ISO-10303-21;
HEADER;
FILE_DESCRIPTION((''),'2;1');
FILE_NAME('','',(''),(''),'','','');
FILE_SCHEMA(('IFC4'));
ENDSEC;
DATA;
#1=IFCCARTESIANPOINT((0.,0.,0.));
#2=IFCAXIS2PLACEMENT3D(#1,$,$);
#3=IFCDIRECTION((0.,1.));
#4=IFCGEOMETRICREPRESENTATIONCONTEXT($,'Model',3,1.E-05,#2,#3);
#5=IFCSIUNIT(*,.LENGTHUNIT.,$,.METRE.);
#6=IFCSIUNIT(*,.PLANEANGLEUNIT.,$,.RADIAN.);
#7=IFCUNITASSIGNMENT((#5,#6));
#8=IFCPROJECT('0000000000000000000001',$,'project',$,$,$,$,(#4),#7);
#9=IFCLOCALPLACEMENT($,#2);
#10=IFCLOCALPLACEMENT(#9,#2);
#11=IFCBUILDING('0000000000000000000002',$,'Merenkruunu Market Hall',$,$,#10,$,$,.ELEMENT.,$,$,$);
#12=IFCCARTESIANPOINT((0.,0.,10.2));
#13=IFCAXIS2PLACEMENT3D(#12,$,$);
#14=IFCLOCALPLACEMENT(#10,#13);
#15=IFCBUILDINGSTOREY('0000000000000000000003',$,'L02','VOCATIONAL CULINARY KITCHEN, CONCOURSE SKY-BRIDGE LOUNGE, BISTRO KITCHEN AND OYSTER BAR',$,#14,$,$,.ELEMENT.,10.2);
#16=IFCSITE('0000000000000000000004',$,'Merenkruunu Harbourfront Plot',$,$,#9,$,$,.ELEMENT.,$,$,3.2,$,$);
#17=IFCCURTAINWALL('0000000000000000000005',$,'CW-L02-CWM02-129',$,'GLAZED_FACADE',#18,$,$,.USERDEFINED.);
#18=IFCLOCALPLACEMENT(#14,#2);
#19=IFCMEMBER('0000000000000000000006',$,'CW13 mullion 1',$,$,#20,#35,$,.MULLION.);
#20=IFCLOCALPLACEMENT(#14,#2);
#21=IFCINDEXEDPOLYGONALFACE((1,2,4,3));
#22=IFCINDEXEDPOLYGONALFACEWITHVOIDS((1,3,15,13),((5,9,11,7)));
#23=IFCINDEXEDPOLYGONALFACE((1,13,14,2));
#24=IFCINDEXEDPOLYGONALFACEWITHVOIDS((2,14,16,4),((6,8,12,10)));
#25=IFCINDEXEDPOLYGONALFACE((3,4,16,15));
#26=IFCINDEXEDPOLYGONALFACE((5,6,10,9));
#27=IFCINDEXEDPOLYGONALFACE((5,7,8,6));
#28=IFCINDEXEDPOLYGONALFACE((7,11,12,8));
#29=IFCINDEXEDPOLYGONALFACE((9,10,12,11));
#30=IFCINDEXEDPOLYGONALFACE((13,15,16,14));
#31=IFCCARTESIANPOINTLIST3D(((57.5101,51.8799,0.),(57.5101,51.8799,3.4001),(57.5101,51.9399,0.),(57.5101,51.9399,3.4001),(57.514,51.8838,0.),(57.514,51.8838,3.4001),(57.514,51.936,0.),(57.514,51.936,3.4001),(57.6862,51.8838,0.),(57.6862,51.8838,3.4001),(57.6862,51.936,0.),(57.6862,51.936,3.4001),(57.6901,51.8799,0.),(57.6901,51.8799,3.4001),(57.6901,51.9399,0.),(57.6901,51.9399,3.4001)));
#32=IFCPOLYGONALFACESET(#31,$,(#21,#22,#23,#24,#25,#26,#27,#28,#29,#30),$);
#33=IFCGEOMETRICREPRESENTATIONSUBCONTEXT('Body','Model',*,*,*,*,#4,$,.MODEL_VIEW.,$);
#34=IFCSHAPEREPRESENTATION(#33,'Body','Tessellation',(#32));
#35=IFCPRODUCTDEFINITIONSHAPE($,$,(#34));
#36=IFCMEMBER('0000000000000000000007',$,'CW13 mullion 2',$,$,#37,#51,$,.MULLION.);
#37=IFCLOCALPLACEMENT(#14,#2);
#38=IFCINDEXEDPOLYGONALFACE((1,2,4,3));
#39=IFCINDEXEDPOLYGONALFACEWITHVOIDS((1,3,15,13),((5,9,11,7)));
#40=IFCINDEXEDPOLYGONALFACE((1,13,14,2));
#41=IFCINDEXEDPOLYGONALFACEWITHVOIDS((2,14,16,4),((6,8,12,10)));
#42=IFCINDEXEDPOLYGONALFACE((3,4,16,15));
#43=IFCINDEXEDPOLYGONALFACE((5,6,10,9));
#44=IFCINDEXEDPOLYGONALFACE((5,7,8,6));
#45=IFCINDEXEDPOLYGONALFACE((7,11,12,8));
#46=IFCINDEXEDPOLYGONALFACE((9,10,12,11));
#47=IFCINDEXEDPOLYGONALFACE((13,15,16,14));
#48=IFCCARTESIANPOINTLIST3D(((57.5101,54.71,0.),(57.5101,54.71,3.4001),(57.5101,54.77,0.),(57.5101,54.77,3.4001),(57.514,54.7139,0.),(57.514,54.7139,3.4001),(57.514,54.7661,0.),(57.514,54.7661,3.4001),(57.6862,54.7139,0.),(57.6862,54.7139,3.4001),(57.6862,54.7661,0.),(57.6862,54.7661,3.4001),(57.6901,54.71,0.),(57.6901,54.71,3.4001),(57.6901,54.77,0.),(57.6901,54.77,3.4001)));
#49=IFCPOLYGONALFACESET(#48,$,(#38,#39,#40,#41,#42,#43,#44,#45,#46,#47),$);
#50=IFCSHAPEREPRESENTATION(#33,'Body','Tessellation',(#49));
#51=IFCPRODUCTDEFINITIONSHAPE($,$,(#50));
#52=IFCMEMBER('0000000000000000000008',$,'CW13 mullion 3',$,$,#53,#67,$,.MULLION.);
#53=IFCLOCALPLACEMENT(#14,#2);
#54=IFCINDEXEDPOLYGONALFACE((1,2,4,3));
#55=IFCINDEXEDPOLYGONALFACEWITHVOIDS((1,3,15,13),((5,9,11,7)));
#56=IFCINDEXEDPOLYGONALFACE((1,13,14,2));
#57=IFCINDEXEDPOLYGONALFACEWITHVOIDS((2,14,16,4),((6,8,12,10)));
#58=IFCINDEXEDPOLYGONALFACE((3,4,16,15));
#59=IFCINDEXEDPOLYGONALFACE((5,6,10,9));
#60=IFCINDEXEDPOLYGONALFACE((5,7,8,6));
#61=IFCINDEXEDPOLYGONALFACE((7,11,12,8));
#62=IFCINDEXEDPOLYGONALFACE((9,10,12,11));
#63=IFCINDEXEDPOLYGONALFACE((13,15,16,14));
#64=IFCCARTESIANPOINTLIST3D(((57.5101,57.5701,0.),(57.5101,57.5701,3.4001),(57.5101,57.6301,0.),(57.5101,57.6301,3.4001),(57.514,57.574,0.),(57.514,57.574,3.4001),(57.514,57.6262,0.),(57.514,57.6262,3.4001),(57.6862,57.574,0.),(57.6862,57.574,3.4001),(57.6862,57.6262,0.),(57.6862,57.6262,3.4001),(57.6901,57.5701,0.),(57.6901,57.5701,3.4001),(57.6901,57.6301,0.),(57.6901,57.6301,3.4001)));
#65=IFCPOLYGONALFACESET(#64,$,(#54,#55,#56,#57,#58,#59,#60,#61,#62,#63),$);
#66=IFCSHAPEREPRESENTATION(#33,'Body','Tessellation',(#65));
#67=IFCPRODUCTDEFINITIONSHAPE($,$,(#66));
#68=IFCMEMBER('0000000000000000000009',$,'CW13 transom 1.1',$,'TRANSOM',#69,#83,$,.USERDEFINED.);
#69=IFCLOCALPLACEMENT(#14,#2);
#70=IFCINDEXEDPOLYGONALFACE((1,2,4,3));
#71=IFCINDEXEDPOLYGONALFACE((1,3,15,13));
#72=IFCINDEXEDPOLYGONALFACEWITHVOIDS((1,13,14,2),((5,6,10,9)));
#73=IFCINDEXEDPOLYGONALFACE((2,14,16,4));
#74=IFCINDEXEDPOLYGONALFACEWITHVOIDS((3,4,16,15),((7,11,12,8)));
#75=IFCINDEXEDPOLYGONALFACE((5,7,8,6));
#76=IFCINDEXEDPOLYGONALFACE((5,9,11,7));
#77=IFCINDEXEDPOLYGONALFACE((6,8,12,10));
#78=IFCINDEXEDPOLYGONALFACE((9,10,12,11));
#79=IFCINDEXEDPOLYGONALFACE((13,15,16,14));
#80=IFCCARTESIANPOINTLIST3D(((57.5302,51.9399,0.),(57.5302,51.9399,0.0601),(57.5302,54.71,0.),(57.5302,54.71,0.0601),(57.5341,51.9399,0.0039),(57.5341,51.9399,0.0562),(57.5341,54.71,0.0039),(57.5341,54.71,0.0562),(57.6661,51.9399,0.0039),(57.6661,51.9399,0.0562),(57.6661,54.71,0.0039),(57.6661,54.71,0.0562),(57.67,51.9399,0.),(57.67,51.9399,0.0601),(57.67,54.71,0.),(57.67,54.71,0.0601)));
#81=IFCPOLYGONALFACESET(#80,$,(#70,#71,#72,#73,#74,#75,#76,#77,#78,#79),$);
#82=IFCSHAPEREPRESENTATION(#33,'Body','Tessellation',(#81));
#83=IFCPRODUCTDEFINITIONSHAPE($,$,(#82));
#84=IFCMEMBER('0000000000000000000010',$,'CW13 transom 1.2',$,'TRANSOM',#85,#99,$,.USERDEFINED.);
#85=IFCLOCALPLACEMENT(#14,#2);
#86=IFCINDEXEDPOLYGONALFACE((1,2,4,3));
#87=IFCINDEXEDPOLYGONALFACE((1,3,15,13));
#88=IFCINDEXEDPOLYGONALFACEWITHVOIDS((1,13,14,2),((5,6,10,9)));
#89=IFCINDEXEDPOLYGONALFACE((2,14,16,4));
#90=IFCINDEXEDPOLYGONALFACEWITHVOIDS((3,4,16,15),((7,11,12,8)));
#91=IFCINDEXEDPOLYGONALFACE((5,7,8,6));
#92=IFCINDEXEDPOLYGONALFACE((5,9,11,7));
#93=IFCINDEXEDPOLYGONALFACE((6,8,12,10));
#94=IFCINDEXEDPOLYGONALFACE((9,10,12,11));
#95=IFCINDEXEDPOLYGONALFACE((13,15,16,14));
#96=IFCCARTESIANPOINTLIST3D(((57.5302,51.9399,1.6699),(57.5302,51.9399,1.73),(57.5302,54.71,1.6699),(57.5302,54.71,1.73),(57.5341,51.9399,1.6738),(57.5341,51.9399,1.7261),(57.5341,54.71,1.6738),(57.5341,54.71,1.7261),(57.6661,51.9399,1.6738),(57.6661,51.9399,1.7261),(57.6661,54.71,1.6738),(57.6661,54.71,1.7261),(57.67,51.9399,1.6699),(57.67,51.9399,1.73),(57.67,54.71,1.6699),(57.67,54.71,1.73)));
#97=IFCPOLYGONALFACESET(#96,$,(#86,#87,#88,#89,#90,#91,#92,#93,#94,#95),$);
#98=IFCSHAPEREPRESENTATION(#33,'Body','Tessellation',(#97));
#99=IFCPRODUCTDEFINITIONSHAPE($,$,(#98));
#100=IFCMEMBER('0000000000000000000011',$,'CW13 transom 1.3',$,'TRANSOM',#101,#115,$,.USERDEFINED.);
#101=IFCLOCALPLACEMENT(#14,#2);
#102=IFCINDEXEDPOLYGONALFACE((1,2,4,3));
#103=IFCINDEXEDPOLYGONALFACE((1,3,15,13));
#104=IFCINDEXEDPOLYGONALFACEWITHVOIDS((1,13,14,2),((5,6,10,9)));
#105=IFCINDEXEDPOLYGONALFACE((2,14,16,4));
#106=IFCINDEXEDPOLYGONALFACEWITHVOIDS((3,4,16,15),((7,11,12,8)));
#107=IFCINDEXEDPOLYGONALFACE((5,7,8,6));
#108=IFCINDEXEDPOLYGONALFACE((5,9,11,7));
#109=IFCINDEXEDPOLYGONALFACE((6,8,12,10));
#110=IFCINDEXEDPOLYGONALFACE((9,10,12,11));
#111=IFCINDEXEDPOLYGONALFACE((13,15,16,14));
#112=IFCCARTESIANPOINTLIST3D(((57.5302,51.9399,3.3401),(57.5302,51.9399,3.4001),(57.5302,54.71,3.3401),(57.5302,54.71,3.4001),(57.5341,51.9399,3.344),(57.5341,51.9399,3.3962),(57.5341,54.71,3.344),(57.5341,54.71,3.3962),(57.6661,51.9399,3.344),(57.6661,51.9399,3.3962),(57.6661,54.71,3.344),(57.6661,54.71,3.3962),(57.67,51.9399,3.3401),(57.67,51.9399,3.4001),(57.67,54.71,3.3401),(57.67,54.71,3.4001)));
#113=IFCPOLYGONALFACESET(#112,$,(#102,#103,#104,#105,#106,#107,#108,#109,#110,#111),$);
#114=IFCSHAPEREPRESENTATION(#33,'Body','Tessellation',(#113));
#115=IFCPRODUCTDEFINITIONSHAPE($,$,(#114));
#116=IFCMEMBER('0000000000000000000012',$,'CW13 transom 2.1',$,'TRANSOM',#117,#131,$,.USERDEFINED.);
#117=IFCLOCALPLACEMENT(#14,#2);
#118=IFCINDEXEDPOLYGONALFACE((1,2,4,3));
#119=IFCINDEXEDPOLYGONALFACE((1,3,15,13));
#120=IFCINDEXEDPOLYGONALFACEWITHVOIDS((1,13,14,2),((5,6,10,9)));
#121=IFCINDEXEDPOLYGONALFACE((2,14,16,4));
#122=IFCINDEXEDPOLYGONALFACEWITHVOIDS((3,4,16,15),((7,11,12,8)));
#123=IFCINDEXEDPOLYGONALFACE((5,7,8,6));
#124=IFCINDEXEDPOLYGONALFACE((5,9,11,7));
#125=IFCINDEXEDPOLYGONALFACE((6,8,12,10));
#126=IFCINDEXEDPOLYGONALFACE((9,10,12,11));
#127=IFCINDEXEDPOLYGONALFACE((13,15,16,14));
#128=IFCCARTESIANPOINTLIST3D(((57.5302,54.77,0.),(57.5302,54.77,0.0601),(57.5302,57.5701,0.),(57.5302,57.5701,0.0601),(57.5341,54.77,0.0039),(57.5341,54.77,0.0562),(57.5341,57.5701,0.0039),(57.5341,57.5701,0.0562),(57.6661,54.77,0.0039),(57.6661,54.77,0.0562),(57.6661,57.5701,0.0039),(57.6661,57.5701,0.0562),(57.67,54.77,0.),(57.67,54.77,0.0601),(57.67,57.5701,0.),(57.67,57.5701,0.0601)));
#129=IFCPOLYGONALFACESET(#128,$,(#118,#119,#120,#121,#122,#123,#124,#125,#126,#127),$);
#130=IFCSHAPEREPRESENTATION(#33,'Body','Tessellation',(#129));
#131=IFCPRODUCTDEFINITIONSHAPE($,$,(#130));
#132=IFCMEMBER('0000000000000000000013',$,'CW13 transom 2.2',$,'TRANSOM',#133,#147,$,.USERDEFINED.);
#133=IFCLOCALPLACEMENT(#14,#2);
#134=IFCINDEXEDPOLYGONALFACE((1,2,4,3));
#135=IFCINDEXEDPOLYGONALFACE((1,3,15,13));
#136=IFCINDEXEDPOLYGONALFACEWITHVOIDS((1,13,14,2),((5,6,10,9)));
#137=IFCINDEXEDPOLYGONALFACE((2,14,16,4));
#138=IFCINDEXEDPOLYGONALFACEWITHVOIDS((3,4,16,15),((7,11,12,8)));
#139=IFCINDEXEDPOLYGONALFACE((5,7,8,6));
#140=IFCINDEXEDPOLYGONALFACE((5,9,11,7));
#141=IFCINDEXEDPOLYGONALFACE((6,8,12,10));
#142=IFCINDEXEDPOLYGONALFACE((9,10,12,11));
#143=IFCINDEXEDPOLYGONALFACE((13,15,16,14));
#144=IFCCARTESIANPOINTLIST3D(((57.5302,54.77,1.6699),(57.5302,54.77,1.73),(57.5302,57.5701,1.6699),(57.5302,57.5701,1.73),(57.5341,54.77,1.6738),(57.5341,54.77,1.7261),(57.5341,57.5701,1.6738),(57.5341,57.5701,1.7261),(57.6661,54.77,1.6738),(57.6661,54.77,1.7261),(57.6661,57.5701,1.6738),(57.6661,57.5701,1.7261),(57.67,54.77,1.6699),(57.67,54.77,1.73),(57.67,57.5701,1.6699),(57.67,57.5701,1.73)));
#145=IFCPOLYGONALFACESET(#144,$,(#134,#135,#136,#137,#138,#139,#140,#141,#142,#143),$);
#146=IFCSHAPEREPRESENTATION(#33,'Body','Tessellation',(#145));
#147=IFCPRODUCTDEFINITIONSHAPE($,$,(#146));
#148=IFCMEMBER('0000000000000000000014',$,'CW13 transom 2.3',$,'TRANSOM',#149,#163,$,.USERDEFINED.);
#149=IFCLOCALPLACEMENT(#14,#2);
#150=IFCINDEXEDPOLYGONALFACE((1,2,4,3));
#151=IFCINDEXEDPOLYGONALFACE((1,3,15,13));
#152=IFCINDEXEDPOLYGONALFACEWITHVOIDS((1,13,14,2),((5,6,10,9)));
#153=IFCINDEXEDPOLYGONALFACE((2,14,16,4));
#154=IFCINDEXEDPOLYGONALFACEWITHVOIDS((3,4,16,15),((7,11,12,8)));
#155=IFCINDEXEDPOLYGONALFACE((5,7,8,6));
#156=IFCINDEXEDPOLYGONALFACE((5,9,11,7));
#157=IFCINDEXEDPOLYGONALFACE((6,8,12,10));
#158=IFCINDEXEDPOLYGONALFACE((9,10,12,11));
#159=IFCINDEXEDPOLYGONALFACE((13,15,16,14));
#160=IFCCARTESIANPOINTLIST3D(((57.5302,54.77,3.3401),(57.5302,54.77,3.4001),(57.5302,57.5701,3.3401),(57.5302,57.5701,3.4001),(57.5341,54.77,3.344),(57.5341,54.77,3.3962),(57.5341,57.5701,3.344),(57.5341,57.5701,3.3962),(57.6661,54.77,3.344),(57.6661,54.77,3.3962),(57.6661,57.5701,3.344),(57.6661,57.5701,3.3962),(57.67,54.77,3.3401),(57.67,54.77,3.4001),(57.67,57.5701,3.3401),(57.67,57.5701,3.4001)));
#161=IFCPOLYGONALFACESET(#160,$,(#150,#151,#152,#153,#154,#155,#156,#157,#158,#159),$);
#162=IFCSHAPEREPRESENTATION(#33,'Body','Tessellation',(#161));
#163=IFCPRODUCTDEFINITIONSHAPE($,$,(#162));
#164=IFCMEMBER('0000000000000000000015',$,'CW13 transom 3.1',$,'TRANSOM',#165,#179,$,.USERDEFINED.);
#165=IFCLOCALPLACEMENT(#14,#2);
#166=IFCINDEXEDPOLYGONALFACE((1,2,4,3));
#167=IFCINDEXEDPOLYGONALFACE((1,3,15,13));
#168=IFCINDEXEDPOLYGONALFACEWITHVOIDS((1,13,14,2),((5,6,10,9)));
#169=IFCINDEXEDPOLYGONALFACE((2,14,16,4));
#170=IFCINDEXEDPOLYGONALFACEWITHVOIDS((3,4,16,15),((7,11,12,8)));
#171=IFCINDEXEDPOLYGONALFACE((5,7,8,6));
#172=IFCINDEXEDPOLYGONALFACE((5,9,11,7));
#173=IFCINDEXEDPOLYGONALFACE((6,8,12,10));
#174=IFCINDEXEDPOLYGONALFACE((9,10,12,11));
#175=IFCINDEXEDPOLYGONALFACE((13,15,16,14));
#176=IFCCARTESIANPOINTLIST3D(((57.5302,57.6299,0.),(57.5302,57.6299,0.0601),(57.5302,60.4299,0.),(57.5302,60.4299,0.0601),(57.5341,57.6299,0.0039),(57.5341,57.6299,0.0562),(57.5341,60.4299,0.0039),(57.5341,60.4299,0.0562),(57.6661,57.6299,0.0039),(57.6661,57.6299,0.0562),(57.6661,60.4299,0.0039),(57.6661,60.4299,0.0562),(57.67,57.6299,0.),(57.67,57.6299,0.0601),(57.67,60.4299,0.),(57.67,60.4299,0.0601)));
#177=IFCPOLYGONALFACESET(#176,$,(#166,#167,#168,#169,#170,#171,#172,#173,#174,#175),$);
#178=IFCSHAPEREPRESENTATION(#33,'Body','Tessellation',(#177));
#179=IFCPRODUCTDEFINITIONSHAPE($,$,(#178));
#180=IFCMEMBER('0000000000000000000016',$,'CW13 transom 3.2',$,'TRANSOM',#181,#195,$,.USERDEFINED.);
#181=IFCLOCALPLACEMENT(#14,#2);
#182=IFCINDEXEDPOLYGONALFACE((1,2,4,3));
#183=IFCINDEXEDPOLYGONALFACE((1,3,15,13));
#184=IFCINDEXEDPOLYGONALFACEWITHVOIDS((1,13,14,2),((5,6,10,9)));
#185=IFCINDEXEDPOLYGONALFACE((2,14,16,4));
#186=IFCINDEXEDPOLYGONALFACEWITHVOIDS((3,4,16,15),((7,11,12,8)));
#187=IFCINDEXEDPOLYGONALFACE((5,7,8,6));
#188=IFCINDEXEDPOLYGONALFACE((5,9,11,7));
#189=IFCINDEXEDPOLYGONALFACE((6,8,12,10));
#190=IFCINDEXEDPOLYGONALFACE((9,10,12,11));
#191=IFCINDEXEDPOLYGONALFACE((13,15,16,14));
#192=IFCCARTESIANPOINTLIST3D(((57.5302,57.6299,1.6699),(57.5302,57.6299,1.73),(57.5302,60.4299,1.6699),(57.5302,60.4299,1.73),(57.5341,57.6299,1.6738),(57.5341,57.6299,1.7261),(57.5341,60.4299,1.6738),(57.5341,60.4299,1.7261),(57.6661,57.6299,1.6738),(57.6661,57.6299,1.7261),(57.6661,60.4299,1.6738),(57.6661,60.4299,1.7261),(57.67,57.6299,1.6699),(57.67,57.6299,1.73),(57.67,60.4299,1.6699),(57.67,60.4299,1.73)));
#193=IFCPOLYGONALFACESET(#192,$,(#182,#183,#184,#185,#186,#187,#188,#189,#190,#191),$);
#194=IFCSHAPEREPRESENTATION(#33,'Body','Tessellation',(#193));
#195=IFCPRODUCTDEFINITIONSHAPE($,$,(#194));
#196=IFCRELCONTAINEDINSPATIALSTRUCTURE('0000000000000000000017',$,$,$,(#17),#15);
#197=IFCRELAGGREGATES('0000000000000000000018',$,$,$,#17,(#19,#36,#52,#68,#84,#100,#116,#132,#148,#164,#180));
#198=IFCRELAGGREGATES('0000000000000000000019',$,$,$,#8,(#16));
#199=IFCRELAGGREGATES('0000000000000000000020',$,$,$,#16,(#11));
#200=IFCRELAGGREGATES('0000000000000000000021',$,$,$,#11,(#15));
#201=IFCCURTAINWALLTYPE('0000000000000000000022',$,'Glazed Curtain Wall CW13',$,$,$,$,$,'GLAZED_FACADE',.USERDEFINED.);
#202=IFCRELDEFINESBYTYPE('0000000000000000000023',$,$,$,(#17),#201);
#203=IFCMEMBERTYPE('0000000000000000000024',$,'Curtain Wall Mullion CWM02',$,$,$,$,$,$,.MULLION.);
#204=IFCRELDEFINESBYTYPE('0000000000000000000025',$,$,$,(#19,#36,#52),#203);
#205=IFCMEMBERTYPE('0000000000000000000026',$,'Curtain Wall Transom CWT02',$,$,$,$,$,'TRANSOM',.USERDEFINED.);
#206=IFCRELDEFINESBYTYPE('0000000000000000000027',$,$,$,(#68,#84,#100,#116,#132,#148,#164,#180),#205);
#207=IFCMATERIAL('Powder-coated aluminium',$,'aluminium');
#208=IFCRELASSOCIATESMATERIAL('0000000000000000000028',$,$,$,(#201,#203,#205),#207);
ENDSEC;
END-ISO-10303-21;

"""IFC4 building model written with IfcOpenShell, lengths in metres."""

from ifc_helpers import new_model, si_unit, direction, frame, origin, origin_2d, place, context, subcontext, project, spatial, hollow_rectangle, extrude, material, material_profile, profile_set, type_object, element, aggregate, save


model = new_model("IFC4")

# Units and contexts
model_context = context("Model", 3, precision=1e-05, world=origin(), true_north=direction((0.0, 1.0)))
body_context = subcontext(model_context, "Body", "Model", "MODEL_VIEW")
ifc_project = project(units=[si_unit("LENGTHUNIT", "METRE"), si_unit("PLANEANGLEUNIT", "RADIAN")], contexts=[model_context])

# Site, building, storey
site_placement = place(None, origin())
site = spatial("IfcSite", under=ifc_project, at=site_placement, Name="Merenkruunu Harbourfront Plot", CompositionType="ELEMENT", RefElevation=3.2)
building_placement = place(site_placement, origin())
building = spatial("IfcBuilding", under=site, at=building_placement, Name="Merenkruunu Market Hall", CompositionType="ELEMENT")
storey_placement = place(building_placement, frame((0.0, 0.0, 10.2)))
storey = spatial("IfcBuildingStorey", under=building, at=storey_placement, Name="L02", Description="VOCATIONAL CULINARY KITCHEN, CONCOURSE SKY-BRIDGE LOUNGE, BISTRO KITCHEN AND OYSTER BAR", CompositionType="ELEMENT", Elevation=10.2)

# Curtain wall, members
ifc_material_1 = material(Name="Powder-coated aluminium", Category="aluminium")
curtain_wall_type = type_object("IfcCurtainWallType", Name="Glazed Curtain Wall CW13", ElementType="GLAZED_FACADE", PredefinedType="USERDEFINED", material=ifc_material_1)
curtain_wall_placement = place(storey_placement, origin())
curtain_wall = element("IfcCurtainWall", 1, at=curtain_wall_placement, inside=storey, type_object=curtain_wall_type, Name="CW-L02-CWM02-129", ObjectType="GLAZED_FACADE", PredefinedType="USERDEFINED")
ifc_material_profile_1 = material_profile(ifc_material_1, hollow_rectangle(XDim=0.0601, YDim=0.1799, WallThickness=0.0039, at=origin_2d()), Name="ALU 60x180x4")
ifc_profile_set_1 = profile_set([ifc_material_profile_1], Name="Powder-coated aluminium")
member_type_1 = type_object("IfcMemberType", Name="Curtain Wall Mullion CWM02", PredefinedType="MULLION", material=ifc_profile_set_1)
member_1_placement = place(storey_placement, frame((57.6001, 51.9099, 0.0), z_axis=(0.0, 0.0, 1.0), x_axis=(0.0, 1.0, 0.0)))
member_1 = element("IfcMember", 2, at=member_1_placement, type_object=member_type_1, Name="CW13 mullion 1", PredefinedType="MULLION", context=body_context, shape_type="SweptSolid", body=[
    extrude(hollow_rectangle(XDim=0.0601, YDim=0.1799, WallThickness=0.0039, at=origin_2d()), origin(), (0.0, 0.0, 1.0), 3.4001),
])
member_2_placement = place(storey_placement, frame((57.6001, 54.74, 0.0), z_axis=(0.0, 0.0, 1.0), x_axis=(0.0, 1.0, 0.0)))
member_2 = element("IfcMember", 3, at=member_2_placement, type_object=member_type_1, Name="CW13 mullion 2", PredefinedType="MULLION", context=body_context, shape_type="SweptSolid", body=[
    extrude(hollow_rectangle(XDim=0.0601, YDim=0.1799, WallThickness=0.0039, at=origin_2d()), origin(), (0.0, 0.0, 1.0), 3.4001),
])
member_3_placement = place(storey_placement, frame((57.6001, 57.6001, 0.0), z_axis=(0.0, 0.0, 1.0), x_axis=(0.0, 1.0, 0.0)))
member_3 = element("IfcMember", 4, at=member_3_placement, type_object=member_type_1, Name="CW13 mullion 3", PredefinedType="MULLION", context=body_context, shape_type="SweptSolid", body=[
    extrude(hollow_rectangle(XDim=0.0601, YDim=0.1799, WallThickness=0.0039, at=origin_2d()), origin(), (0.0, 0.0, 1.0), 3.4001),
])
ifc_material_profile_2 = material_profile(ifc_material_1, hollow_rectangle(XDim=0.0601, YDim=0.1399, WallThickness=0.0039, at=origin_2d()), Name="ALU 60x140x4")
ifc_profile_set_2 = profile_set([ifc_material_profile_2], Name="Powder-coated aluminium")
member_type_2 = type_object("IfcMemberType", Name="Curtain Wall Transom CWT02", ElementType="TRANSOM", PredefinedType="USERDEFINED", material=ifc_profile_set_2)
member_4_placement = place(storey_placement, frame((57.6001, 51.9399, 0.03), z_axis=(0.0, 1.0, 0.0), x_axis=(0.0, 0.0, 1.0)))
member_4 = element("IfcMember", 5, at=member_4_placement, type_object=member_type_2, Name="CW13 transom 1.1", ObjectType="TRANSOM", PredefinedType="USERDEFINED", context=body_context, shape_type="SweptSolid", body=[
    extrude(hollow_rectangle(XDim=0.0601, YDim=0.1399, WallThickness=0.0039, at=origin_2d()), origin(), (0.0, 0.0, 1.0), 2.77),
])
member_5_placement = place(storey_placement, frame((57.6001, 51.9399, 1.7), z_axis=(0.0, 1.0, 0.0), x_axis=(0.0, 0.0, 1.0)))
member_5 = element("IfcMember", 6, at=member_5_placement, type_object=member_type_2, Name="CW13 transom 1.2", ObjectType="TRANSOM", PredefinedType="USERDEFINED", context=body_context, shape_type="SweptSolid", body=[
    extrude(hollow_rectangle(XDim=0.0601, YDim=0.1399, WallThickness=0.0039, at=origin_2d()), origin(), (0.0, 0.0, 1.0), 2.77),
])
member_6_placement = place(storey_placement, frame((57.6001, 51.9399, 3.3701), z_axis=(0.0, 1.0, 0.0), x_axis=(0.0, 0.0, 1.0)))
member_6 = element("IfcMember", 7, at=member_6_placement, type_object=member_type_2, Name="CW13 transom 1.3", ObjectType="TRANSOM", PredefinedType="USERDEFINED", context=body_context, shape_type="SweptSolid", body=[
    extrude(hollow_rectangle(XDim=0.0601, YDim=0.1399, WallThickness=0.0039, at=origin_2d()), origin(), (0.0, 0.0, 1.0), 2.77),
])
member_7_placement = place(storey_placement, frame((57.6001, 54.77, 0.03), z_axis=(0.0, 1.0, 0.0), x_axis=(0.0, 0.0, 1.0)))
member_7 = element("IfcMember", 8, at=member_7_placement, type_object=member_type_2, Name="CW13 transom 2.1", ObjectType="TRANSOM", PredefinedType="USERDEFINED", context=body_context, shape_type="SweptSolid", body=[
    extrude(hollow_rectangle(XDim=0.0601, YDim=0.1399, WallThickness=0.0039, at=origin_2d()), origin(), (0.0, 0.0, 1.0), 2.8),
])
member_8_placement = place(storey_placement, frame((57.6001, 54.77, 1.7), z_axis=(0.0, 1.0, 0.0), x_axis=(0.0, 0.0, 1.0)))
member_8 = element("IfcMember", 9, at=member_8_placement, type_object=member_type_2, Name="CW13 transom 2.2", ObjectType="TRANSOM", PredefinedType="USERDEFINED", context=body_context, shape_type="SweptSolid", body=[
    extrude(hollow_rectangle(XDim=0.0601, YDim=0.1399, WallThickness=0.0039, at=origin_2d()), origin(), (0.0, 0.0, 1.0), 2.8),
])
member_9_placement = place(storey_placement, frame((57.6001, 54.77, 3.3701), z_axis=(0.0, 1.0, 0.0), x_axis=(0.0, 0.0, 1.0)))
member_9 = element("IfcMember", 10, at=member_9_placement, type_object=member_type_2, Name="CW13 transom 2.3", ObjectType="TRANSOM", PredefinedType="USERDEFINED", context=body_context, shape_type="SweptSolid", body=[
    extrude(hollow_rectangle(XDim=0.0601, YDim=0.1399, WallThickness=0.0039, at=origin_2d()), origin(), (0.0, 0.0, 1.0), 2.8),
])
member_10_placement = place(storey_placement, frame((57.6001, 57.6299, 0.03), z_axis=(0.0, 1.0, 0.0), x_axis=(0.0, 0.0, 1.0)))
member_10 = element("IfcMember", 11, at=member_10_placement, type_object=member_type_2, Name="CW13 transom 3.1", ObjectType="TRANSOM", PredefinedType="USERDEFINED", context=body_context, shape_type="SweptSolid", body=[
    extrude(hollow_rectangle(XDim=0.0601, YDim=0.1399, WallThickness=0.0039, at=origin_2d()), origin(), (0.0, 0.0, 1.0), 2.8),
])
member_11_placement = place(storey_placement, frame((57.6001, 57.6299, 1.7), z_axis=(0.0, 1.0, 0.0), x_axis=(0.0, 0.0, 1.0)))
member_11 = element("IfcMember", 12, at=member_11_placement, type_object=member_type_2, Name="CW13 transom 3.2", ObjectType="TRANSOM", PredefinedType="USERDEFINED", context=body_context, shape_type="SweptSolid", body=[
    extrude(hollow_rectangle(XDim=0.0601, YDim=0.1399, WallThickness=0.0039, at=origin_2d()), origin(), (0.0, 0.0, 1.0), 2.8),
])

aggregate(curtain_wall, [member_1, member_2, member_3, member_4, member_5, member_6, member_7, member_8, member_9, member_10, member_11])

save(model, "model.ifc")
